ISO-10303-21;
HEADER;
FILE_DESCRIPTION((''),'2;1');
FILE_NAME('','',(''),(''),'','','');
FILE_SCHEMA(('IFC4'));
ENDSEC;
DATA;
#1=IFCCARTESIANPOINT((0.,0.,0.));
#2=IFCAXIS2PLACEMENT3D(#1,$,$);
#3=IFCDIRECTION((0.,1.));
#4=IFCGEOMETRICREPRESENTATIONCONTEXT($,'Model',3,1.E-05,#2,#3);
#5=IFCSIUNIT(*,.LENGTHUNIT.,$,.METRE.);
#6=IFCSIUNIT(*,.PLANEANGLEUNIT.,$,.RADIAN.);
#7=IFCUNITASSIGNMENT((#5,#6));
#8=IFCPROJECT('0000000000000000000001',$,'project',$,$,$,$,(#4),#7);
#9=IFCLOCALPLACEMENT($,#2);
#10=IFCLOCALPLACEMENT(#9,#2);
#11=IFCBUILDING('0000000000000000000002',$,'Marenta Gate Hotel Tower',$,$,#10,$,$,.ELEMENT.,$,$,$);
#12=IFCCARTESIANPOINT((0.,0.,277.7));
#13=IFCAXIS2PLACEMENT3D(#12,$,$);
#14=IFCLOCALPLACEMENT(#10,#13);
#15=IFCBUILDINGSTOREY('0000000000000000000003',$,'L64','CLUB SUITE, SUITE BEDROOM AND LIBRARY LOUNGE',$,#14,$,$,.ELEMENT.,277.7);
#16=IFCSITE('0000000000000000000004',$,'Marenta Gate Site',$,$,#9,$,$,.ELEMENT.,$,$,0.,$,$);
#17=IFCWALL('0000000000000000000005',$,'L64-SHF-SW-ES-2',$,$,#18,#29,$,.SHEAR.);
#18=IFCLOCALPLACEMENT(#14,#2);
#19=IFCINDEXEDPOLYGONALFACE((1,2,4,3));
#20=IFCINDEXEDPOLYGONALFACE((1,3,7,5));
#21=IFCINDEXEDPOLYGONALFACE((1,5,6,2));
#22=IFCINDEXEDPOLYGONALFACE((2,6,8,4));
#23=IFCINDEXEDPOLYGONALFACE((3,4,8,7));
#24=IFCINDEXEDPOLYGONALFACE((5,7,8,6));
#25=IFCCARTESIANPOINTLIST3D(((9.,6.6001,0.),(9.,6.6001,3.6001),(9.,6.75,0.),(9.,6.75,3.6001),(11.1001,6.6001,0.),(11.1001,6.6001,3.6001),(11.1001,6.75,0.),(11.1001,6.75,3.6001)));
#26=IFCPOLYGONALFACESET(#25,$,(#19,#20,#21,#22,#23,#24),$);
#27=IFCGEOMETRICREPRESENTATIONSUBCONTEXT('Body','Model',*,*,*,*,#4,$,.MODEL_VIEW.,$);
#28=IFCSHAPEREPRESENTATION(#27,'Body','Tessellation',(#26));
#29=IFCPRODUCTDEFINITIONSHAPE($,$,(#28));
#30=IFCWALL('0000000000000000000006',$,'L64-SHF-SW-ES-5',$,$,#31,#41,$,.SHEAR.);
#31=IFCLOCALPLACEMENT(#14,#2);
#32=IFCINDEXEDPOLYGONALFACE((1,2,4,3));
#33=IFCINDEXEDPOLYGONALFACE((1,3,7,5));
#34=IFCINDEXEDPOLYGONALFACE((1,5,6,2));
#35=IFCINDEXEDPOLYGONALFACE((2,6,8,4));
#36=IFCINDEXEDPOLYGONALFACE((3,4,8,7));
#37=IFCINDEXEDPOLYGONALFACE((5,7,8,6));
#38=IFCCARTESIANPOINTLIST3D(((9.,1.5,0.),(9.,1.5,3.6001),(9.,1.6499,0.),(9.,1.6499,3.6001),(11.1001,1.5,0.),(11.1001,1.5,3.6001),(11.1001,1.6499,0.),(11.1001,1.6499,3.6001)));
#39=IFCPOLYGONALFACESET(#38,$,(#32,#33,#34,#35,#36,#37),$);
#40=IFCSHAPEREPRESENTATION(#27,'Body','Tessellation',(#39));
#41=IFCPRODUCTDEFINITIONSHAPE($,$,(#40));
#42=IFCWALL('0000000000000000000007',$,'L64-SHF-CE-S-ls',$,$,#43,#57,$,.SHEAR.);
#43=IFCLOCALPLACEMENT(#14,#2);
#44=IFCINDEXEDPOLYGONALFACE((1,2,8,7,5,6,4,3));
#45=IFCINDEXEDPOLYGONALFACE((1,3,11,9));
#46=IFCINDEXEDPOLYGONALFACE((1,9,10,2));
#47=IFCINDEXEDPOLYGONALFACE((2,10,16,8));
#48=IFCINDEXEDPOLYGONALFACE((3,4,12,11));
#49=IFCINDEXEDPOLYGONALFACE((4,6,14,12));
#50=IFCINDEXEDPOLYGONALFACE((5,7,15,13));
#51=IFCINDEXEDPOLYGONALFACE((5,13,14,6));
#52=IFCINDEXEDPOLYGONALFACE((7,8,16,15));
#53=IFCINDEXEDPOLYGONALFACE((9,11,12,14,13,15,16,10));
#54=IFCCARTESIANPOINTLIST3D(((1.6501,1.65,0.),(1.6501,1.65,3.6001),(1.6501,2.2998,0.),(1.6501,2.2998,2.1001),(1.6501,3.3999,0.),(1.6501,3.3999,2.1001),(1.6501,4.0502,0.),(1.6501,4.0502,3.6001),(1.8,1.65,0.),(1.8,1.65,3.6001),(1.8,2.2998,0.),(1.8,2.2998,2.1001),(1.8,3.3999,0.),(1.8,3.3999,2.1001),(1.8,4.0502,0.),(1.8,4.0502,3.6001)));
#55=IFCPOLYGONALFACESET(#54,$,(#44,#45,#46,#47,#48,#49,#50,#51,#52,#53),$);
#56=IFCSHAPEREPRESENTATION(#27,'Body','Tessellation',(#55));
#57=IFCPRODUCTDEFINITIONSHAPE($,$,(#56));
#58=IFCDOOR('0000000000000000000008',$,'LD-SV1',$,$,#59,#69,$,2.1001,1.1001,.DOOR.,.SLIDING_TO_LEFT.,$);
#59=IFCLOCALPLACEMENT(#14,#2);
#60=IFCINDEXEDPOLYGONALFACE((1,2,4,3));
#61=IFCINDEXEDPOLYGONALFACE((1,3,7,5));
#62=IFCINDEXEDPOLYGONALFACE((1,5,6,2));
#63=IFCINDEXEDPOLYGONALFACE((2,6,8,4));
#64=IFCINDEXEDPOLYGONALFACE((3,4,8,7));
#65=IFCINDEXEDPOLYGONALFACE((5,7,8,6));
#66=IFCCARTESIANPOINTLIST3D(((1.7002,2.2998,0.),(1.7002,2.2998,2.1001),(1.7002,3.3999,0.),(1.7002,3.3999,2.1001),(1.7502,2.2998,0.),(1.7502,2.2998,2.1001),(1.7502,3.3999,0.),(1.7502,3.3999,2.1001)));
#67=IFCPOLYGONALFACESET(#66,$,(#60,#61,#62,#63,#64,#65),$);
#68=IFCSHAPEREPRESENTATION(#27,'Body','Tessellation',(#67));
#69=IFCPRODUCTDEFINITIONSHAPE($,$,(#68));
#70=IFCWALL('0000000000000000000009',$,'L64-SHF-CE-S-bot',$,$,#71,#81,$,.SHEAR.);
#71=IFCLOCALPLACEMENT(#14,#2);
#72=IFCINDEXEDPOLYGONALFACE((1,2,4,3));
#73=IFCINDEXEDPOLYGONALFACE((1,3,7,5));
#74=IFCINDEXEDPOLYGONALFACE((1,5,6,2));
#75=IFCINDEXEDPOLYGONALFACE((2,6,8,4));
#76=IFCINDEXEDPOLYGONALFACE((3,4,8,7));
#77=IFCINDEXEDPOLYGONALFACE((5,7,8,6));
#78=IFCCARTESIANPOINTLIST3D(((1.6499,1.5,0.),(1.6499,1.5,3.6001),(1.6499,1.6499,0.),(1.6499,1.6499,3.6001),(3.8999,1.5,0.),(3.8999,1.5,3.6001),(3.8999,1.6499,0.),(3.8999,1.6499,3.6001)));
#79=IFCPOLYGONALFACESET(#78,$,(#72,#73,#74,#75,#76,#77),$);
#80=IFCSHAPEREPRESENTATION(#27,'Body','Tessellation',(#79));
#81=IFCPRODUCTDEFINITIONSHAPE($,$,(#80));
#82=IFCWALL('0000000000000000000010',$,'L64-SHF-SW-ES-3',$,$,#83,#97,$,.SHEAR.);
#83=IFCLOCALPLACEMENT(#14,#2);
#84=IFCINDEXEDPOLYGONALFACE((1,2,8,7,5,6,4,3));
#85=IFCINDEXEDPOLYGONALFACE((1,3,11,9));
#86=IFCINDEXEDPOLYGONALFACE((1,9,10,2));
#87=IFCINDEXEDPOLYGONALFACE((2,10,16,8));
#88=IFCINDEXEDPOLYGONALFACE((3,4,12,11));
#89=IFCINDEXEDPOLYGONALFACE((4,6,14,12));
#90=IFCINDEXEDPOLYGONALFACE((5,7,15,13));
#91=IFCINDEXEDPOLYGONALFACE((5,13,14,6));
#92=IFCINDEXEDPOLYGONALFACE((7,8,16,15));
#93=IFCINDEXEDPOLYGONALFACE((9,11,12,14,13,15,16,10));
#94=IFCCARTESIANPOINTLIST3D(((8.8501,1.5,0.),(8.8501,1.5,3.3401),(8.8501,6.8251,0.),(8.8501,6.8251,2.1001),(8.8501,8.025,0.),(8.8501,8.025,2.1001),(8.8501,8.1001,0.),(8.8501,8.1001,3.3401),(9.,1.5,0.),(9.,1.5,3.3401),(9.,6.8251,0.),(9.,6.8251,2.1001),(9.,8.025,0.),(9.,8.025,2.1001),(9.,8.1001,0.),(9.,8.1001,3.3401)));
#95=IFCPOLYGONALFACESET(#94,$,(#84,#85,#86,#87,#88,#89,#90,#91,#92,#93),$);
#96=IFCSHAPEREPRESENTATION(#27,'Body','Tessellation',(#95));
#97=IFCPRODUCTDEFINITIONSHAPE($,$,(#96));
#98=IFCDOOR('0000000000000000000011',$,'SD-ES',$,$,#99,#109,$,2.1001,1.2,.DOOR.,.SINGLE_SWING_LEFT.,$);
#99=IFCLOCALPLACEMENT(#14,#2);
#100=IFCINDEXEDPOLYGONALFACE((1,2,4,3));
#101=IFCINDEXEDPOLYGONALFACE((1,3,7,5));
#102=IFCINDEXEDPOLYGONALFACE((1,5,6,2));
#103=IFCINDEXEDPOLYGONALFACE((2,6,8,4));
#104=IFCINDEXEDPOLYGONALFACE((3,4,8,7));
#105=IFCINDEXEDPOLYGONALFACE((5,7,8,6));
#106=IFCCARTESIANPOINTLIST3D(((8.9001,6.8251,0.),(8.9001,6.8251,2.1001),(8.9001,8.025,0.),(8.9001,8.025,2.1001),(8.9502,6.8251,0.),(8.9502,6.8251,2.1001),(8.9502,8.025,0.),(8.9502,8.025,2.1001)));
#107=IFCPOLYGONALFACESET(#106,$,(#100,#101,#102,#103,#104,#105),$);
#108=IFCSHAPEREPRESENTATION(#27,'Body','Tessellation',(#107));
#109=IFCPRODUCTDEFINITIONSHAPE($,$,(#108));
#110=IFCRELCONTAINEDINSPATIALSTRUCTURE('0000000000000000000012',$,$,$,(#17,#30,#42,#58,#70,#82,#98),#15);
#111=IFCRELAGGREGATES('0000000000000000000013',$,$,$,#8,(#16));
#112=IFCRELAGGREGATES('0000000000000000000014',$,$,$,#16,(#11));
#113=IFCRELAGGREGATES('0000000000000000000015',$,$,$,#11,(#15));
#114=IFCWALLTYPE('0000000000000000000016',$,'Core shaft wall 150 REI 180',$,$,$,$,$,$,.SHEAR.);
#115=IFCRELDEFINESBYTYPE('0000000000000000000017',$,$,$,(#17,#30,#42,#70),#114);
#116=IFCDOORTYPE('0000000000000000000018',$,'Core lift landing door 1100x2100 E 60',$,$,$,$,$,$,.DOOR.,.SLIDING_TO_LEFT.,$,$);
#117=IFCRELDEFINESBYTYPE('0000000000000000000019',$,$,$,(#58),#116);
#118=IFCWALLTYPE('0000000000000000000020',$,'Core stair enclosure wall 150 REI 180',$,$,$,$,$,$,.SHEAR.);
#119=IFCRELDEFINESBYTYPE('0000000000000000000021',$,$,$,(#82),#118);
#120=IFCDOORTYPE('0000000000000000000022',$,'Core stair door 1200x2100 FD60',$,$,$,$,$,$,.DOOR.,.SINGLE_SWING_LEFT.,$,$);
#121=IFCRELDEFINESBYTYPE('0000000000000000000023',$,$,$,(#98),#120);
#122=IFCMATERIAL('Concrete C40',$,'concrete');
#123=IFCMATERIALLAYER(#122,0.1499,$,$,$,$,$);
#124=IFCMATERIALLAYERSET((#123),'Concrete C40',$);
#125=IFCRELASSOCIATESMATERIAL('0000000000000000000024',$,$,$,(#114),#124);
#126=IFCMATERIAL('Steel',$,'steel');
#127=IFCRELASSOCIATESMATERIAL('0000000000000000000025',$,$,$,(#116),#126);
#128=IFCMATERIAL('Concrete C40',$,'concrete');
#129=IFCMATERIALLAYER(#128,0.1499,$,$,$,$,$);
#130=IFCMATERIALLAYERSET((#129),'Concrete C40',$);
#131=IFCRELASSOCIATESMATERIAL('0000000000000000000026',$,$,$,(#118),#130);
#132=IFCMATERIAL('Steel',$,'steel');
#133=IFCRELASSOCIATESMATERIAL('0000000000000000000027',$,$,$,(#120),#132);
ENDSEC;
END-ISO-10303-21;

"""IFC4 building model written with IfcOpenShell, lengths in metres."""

from ifc_helpers import new_model, si_unit, direction, frame, frame_2d, origin, place, context, subcontext, project, spatial, rectangle, extrude, material, layer, layer_set, type_object, element, fill, save


model = new_model("IFC4")

# Units and contexts
model_context = context("Model", 3, precision=1e-05, world=origin(), true_north=direction((0.0, 1.0)))
body_context = subcontext(model_context, "Body", "Model", "MODEL_VIEW")
ifc_project = project(units=[si_unit("LENGTHUNIT", "METRE"), si_unit("PLANEANGLEUNIT", "RADIAN")], contexts=[model_context])

# Site, building, storey
site_placement = place(None, origin())
site = spatial("IfcSite", under=ifc_project, at=site_placement, Name="Marenta Gate Site", CompositionType="ELEMENT", RefElevation=0.0)
building_placement = place(site_placement, origin())
building = spatial("IfcBuilding", under=site, at=building_placement, Name="Marenta Gate Hotel Tower", CompositionType="ELEMENT")
storey_placement = place(building_placement, frame((0.0, 0.0, 277.7)))
storey = spatial("IfcBuildingStorey", under=building, at=storey_placement, Name="L64", Description="CLUB SUITE, SUITE BEDROOM AND LIBRARY LOUNGE", CompositionType="ELEMENT", Elevation=277.7)

# Walls
ifc_material_1 = material(Name="Concrete C40", Category="concrete")
ifc_layer_1 = layer(ifc_material_1, 0.1499)
ifc_layer_set_1 = layer_set([ifc_layer_1], Name="Concrete C40")
wall_type_1 = type_object("IfcWallType", Name="Core shaft wall 150 REI 180", PredefinedType="SHEAR", material=ifc_layer_set_1)
for number, where, z_axis, x_axis, name in (
    (1, (9.0, 6.675, 0.0), (0.0, 0.0, 1.0), (1.0, 0.0, 0.0), "L64-SHF-SW-ES-2"),
    (2, (9.0, 1.575, 0.0), (0.0, 0.0, 1.0), (1.0, 0.0, 0.0), "L64-SHF-SW-ES-5"),
):
    element("IfcWall", number, at=place(storey_placement, frame(where, z_axis=z_axis, x_axis=x_axis)), inside=storey, type_object=wall_type_1, Name=name, PredefinedType="SHEAR", context=body_context, shape_type="SweptSolid", body=[
        extrude(rectangle(XDim=2.1001, YDim=0.1499, at=frame_2d((1.05, 0.0))), origin(), (0.0, 0.0, 1.0), 3.6001),
    ])

# Wall, opening, door
wall_1_placement = place(storey_placement, frame((1.7251, 1.6499, 0.0), z_axis=(0.0, 0.0, 1.0), x_axis=(0.0, 1.0, 0.0)))
wall_1 = element("IfcWall", 3, at=wall_1_placement, inside=storey, type_object=wall_type_1, Name="L64-SHF-CE-S-ls", PredefinedType="SHEAR", context=body_context, shape_type="SweptSolid", body=[
    extrude(rectangle(XDim=2.4001, YDim=0.1499, at=frame_2d((1.2002, 0.0))), origin(), (0.0, 0.0, 1.0), 3.6001),
])
opening_1_placement = place(wall_1_placement, frame((0.6499, 0.0, 0.0)))
opening_1 = element("IfcOpeningElement", 4, at=opening_1_placement, cuts=wall_1, PredefinedType="OPENING", context=body_context, shape_type="SweptSolid", body=[
    extrude(rectangle(XDim=1.1001, YDim=2.1001, at=frame_2d((0.55, 1.05))), frame((0.0, 0.075, 0.0), z_axis=(0.0, -1.0, 0.0), x_axis=(1.0, 0.0, 0.0)), (0.0, 0.0, 1.0), 0.1499),
])
ifc_material_2 = material(Name="Steel", Category="steel")
door_type_1 = type_object("IfcDoorType", Name="Core lift landing door 1100x2100 E 60", OperationType="SLIDING_TO_LEFT", PredefinedType="DOOR", material=ifc_material_2)
door_1_placement = place(opening_1_placement, origin())
door_1 = element("IfcDoor", 5, at=door_1_placement, inside=storey, type_object=door_type_1, Name="LD-SV1", OperationType="SLIDING_TO_LEFT", OverallHeight=2.1001, OverallWidth=1.1001, PredefinedType="DOOR", context=body_context, shape_type="SweptSolid", body=[
    extrude(rectangle(XDim=1.1001, YDim=2.1001, at=frame_2d((0.55, 1.05))), frame((0.0, 0.0249, 0.0), z_axis=(0.0, -1.0, 0.0), x_axis=(1.0, 0.0, 0.0)), (0.0, 0.0, 1.0), 0.05),
])
fill(opening_1, door_1)

# Wall
wall_2_placement = place(storey_placement, frame((1.6499, 1.575, 0.0), z_axis=(0.0, 0.0, 1.0), x_axis=(1.0, 0.0, 0.0)))
element("IfcWall", 6, at=wall_2_placement, inside=storey, type_object=wall_type_1, Name="L64-SHF-CE-S-bot", PredefinedType="SHEAR", context=body_context, shape_type="SweptSolid", body=[
    extrude(rectangle(XDim=2.25, YDim=0.1499, at=frame_2d((1.125, 0.0))), origin(), (0.0, 0.0, 1.0), 3.6001),
])

# Wall, opening, door
ifc_material_3 = material(Name="Concrete C40", Category="concrete")
ifc_layer_2 = layer(ifc_material_3, 0.1499)
ifc_layer_set_2 = layer_set([ifc_layer_2], Name="Concrete C40")
wall_type_2 = type_object("IfcWallType", Name="Core stair enclosure wall 150 REI 180", PredefinedType="SHEAR", material=ifc_layer_set_2)
wall_3_placement = place(storey_placement, frame((8.925, 1.5, 0.0), z_axis=(0.0, 0.0, 1.0), x_axis=(0.0, 1.0, 0.0)))
wall_3 = element("IfcWall", 7, at=wall_3_placement, inside=storey, type_object=wall_type_2, Name="L64-SHF-SW-ES-3", PredefinedType="SHEAR", context=body_context, shape_type="SweptSolid", body=[
    extrude(rectangle(XDim=6.6001, YDim=0.1499, at=frame_2d((3.3, 0.0))), origin(), (0.0, 0.0, 1.0), 3.3401),
])
opening_2_placement = place(wall_3_placement, frame((5.325, 0.0, 0.0)))
opening_2 = element("IfcOpeningElement", 8, at=opening_2_placement, cuts=wall_3, PredefinedType="OPENING", context=body_context, shape_type="SweptSolid", body=[
    extrude(rectangle(XDim=1.2, YDim=2.1001, at=frame_2d((0.6001, 1.05))), frame((0.0, 0.075, 0.0), z_axis=(0.0, -1.0, 0.0), x_axis=(1.0, 0.0, 0.0)), (0.0, 0.0, 1.0), 0.1499),
])
ifc_material_4 = material(Name="Steel", Category="steel")
door_type_2 = type_object("IfcDoorType", Name="Core stair door 1200x2100 FD60", OperationType="SINGLE_SWING_LEFT", PredefinedType="DOOR", material=ifc_material_4)
door_2_placement = place(opening_2_placement, origin())
door_2 = element("IfcDoor", 9, at=door_2_placement, inside=storey, type_object=door_type_2, Name="SD-ES", OperationType="SINGLE_SWING_LEFT", OverallHeight=2.1001, OverallWidth=1.2, PredefinedType="DOOR", context=body_context, shape_type="SweptSolid", body=[
    extrude(rectangle(XDim=1.2, YDim=2.1001, at=frame_2d((0.6001, 1.05))), frame((0.0, 0.0249, 0.0), z_axis=(0.0, -1.0, 0.0), x_axis=(1.0, 0.0, 0.0)), (0.0, 0.0, 1.0), 0.05),
])
fill(opening_2, door_2)

save(model, "model.ifc")
